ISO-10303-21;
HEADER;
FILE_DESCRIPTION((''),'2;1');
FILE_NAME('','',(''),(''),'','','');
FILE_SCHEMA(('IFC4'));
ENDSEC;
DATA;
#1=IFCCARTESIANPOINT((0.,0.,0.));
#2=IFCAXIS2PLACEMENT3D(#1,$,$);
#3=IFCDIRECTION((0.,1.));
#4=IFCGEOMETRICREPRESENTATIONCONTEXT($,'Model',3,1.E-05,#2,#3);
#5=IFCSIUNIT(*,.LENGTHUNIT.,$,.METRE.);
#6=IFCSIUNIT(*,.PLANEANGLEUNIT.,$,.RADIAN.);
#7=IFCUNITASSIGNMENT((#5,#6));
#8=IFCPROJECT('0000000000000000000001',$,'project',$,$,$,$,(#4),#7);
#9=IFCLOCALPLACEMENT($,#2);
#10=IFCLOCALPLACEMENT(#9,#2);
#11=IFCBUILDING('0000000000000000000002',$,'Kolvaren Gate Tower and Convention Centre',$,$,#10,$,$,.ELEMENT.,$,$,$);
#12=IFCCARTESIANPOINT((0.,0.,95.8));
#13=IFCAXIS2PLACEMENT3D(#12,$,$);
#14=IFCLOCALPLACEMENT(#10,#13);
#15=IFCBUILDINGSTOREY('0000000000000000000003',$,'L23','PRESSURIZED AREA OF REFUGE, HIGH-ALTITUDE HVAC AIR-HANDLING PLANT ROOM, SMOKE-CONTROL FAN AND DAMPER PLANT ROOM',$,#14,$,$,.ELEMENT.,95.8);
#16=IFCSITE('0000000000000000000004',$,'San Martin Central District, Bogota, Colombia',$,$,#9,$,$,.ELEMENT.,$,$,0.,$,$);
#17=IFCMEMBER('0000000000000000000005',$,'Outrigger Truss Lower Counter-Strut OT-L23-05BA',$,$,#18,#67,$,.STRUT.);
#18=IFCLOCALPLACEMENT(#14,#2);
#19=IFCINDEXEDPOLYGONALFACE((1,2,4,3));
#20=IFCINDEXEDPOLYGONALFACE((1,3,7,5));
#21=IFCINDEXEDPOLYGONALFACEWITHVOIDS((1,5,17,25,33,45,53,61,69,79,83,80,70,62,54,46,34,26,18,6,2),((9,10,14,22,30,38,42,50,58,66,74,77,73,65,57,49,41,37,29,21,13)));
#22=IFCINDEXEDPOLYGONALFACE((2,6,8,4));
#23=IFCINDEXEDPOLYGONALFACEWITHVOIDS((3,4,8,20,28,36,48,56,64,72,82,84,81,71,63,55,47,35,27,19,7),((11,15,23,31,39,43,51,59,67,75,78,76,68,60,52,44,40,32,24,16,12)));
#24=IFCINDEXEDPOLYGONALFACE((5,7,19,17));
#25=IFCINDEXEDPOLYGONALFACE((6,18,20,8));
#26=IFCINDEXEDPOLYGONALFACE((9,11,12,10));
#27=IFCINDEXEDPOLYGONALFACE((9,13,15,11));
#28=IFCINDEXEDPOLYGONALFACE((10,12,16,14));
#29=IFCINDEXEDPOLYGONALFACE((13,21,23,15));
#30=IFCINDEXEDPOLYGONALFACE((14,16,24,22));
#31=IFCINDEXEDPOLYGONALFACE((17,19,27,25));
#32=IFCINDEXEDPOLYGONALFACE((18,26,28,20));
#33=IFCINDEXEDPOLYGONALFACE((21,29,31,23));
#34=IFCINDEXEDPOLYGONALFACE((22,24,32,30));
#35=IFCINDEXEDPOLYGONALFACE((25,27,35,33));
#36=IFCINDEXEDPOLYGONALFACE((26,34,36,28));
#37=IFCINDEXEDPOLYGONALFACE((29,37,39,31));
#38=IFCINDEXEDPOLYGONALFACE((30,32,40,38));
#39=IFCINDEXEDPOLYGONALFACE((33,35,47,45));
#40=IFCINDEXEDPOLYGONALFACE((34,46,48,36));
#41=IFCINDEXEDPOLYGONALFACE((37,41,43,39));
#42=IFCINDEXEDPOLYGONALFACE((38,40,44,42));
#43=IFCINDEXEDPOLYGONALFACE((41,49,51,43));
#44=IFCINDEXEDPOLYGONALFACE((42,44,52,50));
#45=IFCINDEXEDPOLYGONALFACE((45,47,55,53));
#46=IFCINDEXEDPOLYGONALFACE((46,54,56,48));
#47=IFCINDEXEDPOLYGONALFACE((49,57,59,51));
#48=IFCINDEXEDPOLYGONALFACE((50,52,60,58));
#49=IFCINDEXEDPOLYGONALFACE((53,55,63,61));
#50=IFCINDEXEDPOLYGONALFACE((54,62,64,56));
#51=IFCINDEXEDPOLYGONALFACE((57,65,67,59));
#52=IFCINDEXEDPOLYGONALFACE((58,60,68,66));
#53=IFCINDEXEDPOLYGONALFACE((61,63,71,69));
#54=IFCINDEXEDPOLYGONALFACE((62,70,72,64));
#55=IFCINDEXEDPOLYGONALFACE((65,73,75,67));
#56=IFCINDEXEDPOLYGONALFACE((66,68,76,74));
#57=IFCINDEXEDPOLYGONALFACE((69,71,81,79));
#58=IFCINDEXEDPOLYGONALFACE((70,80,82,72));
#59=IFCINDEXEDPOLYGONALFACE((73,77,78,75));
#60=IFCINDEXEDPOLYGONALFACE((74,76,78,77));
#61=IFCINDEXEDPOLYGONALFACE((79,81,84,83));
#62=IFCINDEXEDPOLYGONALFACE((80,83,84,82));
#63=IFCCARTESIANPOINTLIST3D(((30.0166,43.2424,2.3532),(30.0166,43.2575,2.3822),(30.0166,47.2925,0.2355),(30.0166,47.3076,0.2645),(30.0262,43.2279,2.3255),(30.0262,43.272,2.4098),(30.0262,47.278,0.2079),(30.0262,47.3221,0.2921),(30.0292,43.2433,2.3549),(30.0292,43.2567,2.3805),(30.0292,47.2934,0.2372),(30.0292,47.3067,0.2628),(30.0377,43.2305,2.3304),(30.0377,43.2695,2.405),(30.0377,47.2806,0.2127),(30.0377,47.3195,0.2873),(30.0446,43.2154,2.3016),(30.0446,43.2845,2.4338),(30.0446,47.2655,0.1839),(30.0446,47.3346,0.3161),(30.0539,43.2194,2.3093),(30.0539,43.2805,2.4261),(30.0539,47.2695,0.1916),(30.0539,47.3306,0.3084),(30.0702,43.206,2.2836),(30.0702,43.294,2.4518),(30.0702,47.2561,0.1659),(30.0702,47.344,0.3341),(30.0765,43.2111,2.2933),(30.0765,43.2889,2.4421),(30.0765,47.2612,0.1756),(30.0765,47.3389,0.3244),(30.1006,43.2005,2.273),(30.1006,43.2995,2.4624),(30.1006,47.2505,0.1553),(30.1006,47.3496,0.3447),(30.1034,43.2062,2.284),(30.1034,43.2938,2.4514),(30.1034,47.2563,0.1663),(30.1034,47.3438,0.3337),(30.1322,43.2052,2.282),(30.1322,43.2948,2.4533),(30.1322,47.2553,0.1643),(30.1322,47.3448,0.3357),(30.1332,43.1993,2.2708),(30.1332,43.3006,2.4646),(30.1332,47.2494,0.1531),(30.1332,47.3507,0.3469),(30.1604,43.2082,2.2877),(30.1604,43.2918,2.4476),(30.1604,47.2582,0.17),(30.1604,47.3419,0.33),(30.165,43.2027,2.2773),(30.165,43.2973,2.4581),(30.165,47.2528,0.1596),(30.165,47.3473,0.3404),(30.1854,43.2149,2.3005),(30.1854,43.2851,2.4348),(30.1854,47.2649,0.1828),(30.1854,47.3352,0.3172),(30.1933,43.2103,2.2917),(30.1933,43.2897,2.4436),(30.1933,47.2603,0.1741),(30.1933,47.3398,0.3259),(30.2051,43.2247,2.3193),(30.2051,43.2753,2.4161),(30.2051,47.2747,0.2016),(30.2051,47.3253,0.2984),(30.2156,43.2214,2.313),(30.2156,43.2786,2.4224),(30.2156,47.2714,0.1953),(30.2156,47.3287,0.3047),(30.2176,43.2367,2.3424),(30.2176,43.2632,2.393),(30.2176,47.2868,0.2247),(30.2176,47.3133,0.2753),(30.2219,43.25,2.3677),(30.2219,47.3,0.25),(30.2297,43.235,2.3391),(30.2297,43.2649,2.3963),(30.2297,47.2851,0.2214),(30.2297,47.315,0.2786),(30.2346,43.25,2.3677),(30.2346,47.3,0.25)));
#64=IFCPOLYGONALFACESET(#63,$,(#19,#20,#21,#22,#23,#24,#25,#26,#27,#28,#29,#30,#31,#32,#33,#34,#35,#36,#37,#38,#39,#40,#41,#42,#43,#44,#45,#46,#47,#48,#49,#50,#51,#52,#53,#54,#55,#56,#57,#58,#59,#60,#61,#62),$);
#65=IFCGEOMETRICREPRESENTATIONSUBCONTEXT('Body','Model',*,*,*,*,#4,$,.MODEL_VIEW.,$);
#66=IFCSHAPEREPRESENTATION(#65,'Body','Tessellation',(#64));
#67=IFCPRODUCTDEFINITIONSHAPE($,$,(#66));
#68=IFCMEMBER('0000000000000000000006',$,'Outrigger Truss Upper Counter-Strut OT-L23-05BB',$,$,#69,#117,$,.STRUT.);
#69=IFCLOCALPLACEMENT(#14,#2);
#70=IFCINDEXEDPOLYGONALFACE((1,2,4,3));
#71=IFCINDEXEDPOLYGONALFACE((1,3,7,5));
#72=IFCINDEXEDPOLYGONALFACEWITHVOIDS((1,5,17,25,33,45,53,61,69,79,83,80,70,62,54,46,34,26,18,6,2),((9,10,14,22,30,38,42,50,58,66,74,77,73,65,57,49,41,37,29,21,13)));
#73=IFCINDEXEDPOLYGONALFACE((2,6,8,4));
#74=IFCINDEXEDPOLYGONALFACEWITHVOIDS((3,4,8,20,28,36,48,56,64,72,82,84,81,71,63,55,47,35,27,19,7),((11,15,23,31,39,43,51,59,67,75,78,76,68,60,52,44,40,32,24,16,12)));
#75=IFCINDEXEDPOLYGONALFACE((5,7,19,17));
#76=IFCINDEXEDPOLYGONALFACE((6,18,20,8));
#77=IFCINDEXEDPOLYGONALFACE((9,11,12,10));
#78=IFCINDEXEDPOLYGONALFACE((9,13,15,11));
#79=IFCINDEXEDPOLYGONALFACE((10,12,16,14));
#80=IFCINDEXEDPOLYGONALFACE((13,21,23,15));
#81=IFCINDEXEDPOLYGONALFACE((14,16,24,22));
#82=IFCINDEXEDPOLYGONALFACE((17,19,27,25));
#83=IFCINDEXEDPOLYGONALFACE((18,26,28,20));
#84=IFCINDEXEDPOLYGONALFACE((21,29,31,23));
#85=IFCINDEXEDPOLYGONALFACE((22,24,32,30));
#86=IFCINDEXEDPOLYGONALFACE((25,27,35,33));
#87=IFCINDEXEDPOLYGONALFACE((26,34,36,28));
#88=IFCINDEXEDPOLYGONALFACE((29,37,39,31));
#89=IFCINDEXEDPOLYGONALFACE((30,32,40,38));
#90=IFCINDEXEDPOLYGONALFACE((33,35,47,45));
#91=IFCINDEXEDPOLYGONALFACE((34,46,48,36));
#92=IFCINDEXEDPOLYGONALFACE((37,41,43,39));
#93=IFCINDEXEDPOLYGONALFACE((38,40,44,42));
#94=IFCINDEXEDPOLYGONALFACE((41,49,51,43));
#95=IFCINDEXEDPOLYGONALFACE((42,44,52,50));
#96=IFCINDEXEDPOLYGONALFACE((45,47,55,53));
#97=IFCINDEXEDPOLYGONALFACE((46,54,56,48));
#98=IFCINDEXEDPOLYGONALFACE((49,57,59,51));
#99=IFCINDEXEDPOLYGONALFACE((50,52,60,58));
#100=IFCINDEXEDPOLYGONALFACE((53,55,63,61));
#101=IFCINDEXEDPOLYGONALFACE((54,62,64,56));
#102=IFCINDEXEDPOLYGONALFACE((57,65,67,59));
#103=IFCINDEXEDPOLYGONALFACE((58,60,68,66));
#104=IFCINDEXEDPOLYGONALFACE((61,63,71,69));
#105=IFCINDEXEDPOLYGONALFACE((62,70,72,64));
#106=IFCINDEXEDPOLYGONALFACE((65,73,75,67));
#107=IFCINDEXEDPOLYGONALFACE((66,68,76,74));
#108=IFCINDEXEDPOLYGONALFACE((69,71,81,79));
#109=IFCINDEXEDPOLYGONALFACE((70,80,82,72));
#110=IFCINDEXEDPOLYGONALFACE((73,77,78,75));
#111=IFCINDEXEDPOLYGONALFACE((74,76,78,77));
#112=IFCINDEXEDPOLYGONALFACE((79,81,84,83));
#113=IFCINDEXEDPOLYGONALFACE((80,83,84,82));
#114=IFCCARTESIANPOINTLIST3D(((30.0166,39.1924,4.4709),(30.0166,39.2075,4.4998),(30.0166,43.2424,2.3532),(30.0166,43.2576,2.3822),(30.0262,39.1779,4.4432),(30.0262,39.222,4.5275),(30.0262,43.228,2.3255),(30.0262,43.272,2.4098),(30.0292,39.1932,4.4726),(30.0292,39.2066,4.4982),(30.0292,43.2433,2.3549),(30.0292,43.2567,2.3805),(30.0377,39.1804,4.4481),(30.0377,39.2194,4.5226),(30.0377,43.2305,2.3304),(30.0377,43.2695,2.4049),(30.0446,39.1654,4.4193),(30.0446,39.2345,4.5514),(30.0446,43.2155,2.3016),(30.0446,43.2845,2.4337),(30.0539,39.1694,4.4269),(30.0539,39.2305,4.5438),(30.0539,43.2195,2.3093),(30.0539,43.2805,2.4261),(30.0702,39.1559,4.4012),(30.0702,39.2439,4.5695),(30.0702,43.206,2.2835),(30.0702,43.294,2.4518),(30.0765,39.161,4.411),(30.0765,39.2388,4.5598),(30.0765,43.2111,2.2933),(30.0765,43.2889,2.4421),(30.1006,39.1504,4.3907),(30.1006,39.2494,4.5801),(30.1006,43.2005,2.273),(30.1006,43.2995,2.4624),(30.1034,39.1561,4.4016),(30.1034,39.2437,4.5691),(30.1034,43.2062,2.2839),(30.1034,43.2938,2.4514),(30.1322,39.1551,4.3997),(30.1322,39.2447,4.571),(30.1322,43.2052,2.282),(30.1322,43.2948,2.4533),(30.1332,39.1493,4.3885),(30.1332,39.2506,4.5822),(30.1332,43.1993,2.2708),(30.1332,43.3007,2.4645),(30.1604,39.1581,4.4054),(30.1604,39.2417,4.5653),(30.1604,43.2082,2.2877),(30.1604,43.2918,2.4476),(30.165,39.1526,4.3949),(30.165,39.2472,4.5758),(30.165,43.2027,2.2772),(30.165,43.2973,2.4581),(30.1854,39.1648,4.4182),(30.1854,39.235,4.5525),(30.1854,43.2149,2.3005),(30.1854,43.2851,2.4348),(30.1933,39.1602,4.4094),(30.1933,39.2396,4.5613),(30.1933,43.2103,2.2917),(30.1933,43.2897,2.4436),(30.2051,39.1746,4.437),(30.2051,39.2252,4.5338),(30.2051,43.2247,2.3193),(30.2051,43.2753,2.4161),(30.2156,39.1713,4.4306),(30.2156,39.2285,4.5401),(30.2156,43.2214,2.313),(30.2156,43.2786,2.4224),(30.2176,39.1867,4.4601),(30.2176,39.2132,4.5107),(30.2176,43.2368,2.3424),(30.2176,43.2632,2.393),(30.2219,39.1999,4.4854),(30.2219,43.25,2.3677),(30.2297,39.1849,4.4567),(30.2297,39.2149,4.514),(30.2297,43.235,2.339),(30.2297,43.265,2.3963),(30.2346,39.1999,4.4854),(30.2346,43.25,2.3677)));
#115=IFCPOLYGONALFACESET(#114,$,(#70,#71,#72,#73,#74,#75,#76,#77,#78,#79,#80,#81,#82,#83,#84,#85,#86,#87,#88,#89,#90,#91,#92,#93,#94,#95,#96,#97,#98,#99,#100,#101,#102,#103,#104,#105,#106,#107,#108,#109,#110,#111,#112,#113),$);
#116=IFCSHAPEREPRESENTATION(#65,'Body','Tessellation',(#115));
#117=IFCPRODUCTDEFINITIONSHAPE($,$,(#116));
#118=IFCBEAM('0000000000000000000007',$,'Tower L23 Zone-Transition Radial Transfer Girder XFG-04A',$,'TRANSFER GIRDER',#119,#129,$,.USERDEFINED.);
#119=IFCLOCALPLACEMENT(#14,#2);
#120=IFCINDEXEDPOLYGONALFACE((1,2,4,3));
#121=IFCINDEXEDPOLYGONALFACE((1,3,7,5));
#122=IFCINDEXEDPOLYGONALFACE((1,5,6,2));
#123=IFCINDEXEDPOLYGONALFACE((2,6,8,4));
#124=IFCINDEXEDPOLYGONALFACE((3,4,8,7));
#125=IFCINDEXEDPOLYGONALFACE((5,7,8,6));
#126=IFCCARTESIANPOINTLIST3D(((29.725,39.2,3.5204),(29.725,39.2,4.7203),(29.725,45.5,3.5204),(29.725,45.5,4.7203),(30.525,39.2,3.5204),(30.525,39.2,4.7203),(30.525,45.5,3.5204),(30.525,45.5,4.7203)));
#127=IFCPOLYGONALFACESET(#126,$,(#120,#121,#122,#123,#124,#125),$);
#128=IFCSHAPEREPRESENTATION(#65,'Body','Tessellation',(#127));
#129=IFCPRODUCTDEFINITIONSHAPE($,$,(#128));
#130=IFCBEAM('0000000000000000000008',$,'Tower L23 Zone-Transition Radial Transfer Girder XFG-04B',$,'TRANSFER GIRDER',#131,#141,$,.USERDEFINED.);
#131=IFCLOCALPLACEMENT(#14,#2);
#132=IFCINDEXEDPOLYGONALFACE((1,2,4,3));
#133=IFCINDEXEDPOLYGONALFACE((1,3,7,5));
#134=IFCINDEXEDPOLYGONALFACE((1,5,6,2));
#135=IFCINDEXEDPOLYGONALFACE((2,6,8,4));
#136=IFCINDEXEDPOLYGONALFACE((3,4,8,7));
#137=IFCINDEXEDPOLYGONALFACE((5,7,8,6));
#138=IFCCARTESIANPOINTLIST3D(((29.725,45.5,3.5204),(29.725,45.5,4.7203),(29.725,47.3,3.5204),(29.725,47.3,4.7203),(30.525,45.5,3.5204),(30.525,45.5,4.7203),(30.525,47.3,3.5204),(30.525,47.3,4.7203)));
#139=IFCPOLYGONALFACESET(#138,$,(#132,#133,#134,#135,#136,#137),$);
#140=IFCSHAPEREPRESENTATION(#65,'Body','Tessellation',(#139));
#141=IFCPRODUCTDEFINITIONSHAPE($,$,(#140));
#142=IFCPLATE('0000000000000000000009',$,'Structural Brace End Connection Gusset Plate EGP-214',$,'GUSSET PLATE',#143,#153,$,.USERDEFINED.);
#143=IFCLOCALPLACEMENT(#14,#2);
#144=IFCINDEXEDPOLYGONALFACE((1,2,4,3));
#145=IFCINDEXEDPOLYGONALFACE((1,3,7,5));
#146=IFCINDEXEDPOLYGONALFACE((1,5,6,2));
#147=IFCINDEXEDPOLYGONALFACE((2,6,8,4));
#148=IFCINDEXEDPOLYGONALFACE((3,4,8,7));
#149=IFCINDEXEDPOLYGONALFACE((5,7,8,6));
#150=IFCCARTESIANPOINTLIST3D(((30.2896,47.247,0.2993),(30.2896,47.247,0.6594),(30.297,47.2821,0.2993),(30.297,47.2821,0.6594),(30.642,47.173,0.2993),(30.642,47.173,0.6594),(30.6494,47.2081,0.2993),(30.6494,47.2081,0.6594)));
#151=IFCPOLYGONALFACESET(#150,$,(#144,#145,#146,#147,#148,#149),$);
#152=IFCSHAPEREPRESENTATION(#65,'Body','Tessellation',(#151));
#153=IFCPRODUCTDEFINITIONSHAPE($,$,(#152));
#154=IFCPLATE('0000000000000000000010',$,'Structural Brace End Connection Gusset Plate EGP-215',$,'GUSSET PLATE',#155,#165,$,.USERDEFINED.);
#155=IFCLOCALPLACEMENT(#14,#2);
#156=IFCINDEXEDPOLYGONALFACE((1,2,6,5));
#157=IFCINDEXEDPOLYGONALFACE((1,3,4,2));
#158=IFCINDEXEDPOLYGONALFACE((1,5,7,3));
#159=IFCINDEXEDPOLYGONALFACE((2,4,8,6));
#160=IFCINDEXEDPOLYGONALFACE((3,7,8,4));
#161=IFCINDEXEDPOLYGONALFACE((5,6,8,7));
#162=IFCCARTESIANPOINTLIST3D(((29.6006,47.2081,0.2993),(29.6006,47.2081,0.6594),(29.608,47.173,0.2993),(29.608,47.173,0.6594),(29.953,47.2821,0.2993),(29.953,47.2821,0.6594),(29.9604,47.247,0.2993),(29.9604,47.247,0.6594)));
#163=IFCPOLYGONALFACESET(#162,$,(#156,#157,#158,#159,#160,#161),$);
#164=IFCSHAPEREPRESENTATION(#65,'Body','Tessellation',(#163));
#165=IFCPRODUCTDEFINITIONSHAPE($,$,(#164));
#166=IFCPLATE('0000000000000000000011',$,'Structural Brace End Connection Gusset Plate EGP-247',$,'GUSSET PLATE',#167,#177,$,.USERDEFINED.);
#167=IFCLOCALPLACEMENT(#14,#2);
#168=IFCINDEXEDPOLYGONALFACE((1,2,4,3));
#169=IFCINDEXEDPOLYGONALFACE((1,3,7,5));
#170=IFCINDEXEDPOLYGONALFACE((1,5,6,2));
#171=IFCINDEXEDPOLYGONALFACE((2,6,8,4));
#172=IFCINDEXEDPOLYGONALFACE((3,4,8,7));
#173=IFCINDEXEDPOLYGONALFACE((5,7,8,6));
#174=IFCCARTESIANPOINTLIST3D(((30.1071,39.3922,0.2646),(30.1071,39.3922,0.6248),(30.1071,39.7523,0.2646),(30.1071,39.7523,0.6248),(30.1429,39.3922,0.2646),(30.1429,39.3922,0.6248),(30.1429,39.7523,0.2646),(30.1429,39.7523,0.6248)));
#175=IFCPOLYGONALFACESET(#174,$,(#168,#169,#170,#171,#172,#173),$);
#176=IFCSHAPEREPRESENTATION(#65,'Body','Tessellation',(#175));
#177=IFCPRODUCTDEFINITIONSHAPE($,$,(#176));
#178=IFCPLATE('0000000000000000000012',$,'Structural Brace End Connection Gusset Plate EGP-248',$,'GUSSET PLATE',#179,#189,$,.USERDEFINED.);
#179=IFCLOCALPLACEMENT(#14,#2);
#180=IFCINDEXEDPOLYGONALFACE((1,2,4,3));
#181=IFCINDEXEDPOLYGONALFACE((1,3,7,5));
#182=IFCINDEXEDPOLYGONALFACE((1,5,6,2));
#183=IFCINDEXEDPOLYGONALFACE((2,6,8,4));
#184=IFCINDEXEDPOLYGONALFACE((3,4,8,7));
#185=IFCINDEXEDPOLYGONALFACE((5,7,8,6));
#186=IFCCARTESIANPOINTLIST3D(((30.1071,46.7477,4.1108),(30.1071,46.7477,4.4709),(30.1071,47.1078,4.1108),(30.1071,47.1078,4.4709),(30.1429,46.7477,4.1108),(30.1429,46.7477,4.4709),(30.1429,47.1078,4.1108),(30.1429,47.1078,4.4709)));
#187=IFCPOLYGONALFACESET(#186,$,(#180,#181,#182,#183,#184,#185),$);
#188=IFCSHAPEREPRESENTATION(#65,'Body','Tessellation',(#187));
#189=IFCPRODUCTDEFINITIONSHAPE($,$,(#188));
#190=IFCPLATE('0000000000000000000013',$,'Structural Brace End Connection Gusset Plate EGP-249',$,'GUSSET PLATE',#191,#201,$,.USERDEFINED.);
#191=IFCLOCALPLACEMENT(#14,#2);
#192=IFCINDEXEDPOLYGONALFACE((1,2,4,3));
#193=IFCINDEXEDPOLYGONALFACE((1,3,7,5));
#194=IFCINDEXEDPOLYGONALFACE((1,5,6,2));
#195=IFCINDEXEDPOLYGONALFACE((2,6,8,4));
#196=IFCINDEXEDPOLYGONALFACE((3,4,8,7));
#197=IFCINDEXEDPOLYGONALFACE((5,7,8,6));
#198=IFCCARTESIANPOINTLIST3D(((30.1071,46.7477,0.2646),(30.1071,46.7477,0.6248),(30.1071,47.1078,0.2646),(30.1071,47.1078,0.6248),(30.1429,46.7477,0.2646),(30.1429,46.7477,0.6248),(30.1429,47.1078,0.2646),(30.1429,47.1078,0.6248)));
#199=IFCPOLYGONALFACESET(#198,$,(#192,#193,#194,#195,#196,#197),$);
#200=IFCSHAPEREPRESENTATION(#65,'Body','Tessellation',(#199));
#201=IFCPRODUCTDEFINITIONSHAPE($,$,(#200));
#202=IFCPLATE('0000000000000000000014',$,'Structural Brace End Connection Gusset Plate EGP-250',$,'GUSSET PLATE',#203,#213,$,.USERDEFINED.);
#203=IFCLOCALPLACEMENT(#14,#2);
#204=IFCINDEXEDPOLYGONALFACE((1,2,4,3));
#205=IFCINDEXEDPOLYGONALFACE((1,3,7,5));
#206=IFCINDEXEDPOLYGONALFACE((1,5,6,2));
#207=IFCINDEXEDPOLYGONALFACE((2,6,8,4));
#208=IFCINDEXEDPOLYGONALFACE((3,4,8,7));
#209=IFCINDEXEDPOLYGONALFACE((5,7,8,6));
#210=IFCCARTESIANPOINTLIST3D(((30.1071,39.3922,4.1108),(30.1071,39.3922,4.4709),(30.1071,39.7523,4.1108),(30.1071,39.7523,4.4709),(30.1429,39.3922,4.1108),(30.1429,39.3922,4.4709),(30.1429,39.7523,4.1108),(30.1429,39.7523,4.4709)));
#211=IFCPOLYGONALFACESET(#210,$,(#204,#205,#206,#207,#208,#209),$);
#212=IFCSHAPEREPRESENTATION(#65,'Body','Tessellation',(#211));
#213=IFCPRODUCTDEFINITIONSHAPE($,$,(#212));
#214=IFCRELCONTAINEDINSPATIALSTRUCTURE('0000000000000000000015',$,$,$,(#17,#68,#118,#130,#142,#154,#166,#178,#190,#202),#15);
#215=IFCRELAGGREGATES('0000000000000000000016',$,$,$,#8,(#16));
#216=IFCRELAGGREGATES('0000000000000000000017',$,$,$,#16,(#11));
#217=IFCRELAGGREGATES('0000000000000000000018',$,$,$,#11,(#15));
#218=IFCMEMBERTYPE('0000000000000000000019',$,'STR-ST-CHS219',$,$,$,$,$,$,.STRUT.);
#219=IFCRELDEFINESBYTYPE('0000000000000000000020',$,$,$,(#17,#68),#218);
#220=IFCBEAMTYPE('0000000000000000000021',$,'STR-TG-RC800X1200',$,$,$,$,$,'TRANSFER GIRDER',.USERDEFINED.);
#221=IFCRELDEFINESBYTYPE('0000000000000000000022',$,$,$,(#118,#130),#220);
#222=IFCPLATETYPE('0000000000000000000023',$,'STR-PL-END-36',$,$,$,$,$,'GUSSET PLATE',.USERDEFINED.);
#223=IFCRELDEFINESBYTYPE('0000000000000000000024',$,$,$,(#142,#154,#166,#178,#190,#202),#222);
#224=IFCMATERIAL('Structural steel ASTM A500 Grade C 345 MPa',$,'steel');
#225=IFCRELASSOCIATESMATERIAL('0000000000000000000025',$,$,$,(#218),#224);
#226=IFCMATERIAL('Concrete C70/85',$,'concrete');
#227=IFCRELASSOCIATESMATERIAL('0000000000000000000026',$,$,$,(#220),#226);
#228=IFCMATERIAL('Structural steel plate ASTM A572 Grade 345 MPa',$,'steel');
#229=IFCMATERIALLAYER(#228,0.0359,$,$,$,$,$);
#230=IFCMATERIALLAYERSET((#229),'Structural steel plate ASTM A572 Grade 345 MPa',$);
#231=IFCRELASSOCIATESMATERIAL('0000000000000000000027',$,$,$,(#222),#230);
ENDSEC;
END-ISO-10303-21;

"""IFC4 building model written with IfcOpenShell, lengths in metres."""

from ifc_helpers import new_model, si_unit, direction, frame, origin, origin_2d, place, context, subcontext, project, spatial, rectangle, hollow_circle, extrude, material, layer, layer_set, material_profile, profile_set, type_object, element, save


model = new_model("IFC4")

# Units and contexts
model_context = context("Model", 3, precision=1e-05, world=origin(), true_north=direction((0.0, 1.0)))
body_context = subcontext(model_context, "Body", "Model", "MODEL_VIEW")
ifc_project = project(units=[si_unit("LENGTHUNIT", "METRE"), si_unit("PLANEANGLEUNIT", "RADIAN")], contexts=[model_context])

# Site, building, storey
site_placement = place(None, origin())
site = spatial("IfcSite", under=ifc_project, at=site_placement, Name="San Martin Central District, Bogota, Colombia", CompositionType="ELEMENT", RefElevation=0.0)
building_placement = place(site_placement, origin())
building = spatial("IfcBuilding", under=site, at=building_placement, Name="Kolvaren Gate Tower and Convention Centre", CompositionType="ELEMENT")
storey_placement = place(building_placement, frame((0.0, 0.0, 95.8)))
storey = spatial("IfcBuildingStorey", under=building, at=storey_placement, Name="L23", Description="PRESSURIZED AREA OF REFUGE, HIGH-ALTITUDE HVAC AIR-HANDLING PLANT ROOM, SMOKE-CONTROL FAN AND DAMPER PLANT ROOM", CompositionType="ELEMENT", Elevation=95.8)

# Shared definitions
ifc_material_1 = material(Name="Concrete C70/85", Category="concrete")

# Shared definitions
ifc_material_2 = material(Name="Structural steel ASTM A500 Grade C 345 MPa", Category="steel")

# Members
ifc_material_profile_1 = material_profile(ifc_material_2, hollow_circle(Radius=0.1096, WallThickness=0.0127, at=origin_2d()), Name="CHS219X12.7")
ifc_profile_set_1 = profile_set([ifc_material_profile_1], Name="Structural steel ASTM A500 Grade C 345 MPa")
member_type_1 = type_object("IfcMemberType", Name="STR-ST-CHS219", PredefinedType="STRUT", material=ifc_profile_set_1)
for number, where, z_axis, x_axis, name in (
    (1, (30.125, 47.3, 0.25), (0.0, -0.886171, 0.463358), (1.0, 0.0, 0.0), "Outrigger Truss Lower Counter-Strut OT-L23-05BA"),
    (2, (30.125, 43.25, 2.3677), (0.0, -0.886171, 0.463358), (1.0, 0.0, 0.0), "Outrigger Truss Upper Counter-Strut OT-L23-05BB"),
):
    element("IfcMember", number, at=place(storey_placement, frame(where, z_axis=z_axis, x_axis=x_axis)), inside=storey, type_object=member_type_1, Name=name, PredefinedType="STRUT", context=body_context, shape_type="SweptSolid", body=[
        extrude(hollow_circle(Radius=0.1096, WallThickness=0.0127, at=origin_2d()), origin(), (0.0, 0.0, 1.0), 4.5703),
    ])

# Beams
ifc_material_profile_2 = material_profile(ifc_material_1, rectangle(XDim=0.8, YDim=1.2, at=origin_2d()), Name="RC-BM-800X1200")
ifc_profile_set_2 = profile_set([ifc_material_profile_2], Name="Concrete C70/85")
beam_type_1 = type_object("IfcBeamType", Name="STR-TG-RC800X1200", ElementType="TRANSFER GIRDER", PredefinedType="USERDEFINED", material=ifc_profile_set_2)
beam_1_placement = place(storey_placement, frame((30.125, 39.2, 4.1204), z_axis=(0.0, 1.0, 0.0), x_axis=(-1.0, 0.0, 0.0)))
element("IfcBeam", 3, at=beam_1_placement, inside=storey, type_object=beam_type_1, Name="Tower L23 Zone-Transition Radial Transfer Girder XFG-04A", ObjectType="TRANSFER GIRDER", PredefinedType="USERDEFINED", context=body_context, shape_type="SweptSolid", body=[
    extrude(rectangle(XDim=0.8, YDim=1.2, at=origin_2d()), origin(), (0.0, 0.0, 1.0), 6.3),
])
beam_2_placement = place(storey_placement, frame((30.125, 45.5, 4.1204), z_axis=(0.0, 1.0, 0.0), x_axis=(-1.0, 0.0, 0.0)))
element("IfcBeam", 4, at=beam_2_placement, inside=storey, type_object=beam_type_1, Name="Tower L23 Zone-Transition Radial Transfer Girder XFG-04B", ObjectType="TRANSFER GIRDER", PredefinedType="USERDEFINED", context=body_context, shape_type="SweptSolid", body=[
    extrude(rectangle(XDim=0.8, YDim=1.2, at=origin_2d()), origin(), (0.0, 0.0, 1.0), 1.8),
])

# Plates
ifc_material_3 = material(Name="Structural steel plate ASTM A572 Grade 345 MPa", Category="steel")
ifc_layer_1 = layer(ifc_material_3, 0.0359)
ifc_layer_set_1 = layer_set([ifc_layer_1], Name="Structural steel plate ASTM A572 Grade 345 MPa")
plate_type_1 = type_object("IfcPlateType", Name="STR-PL-END-36", ElementType="GUSSET PLATE", PredefinedType="USERDEFINED", material=ifc_layer_set_1)
for number, where, z_axis, x_axis, name in (
    (5, (30.4695, 47.2275, 0.2993), (0.0, 0.0, 1.0), (0.97863, -0.205629, 0.0), "Structural Brace End Connection Gusset Plate EGP-214"),
    (6, (29.7805, 47.2275, 0.2993), (0.0, 0.0, 1.0), (-0.978629, -0.205632, 0.0), "Structural Brace End Connection Gusset Plate EGP-215"),
    (7, (30.125, 39.5723, 0.2646), (0.0, 0.0, 1.0), (0.0, 1.0, 0.0), "Structural Brace End Connection Gusset Plate EGP-247"),
    (8, (30.125, 46.9277, 4.1108), (0.0, 0.0, 1.0), (0.0, 1.0, 0.0), "Structural Brace End Connection Gusset Plate EGP-248"),
    (9, (30.125, 46.9277, 0.2646), (0.0, 0.0, 1.0), (0.0, -1.0, 0.0), "Structural Brace End Connection Gusset Plate EGP-249"),
    (10, (30.125, 39.5723, 4.1108), (0.0, 0.0, 1.0), (0.0, -1.0, 0.0), "Structural Brace End Connection Gusset Plate EGP-250"),
):
    element("IfcPlate", number, at=place(storey_placement, frame(where, z_axis=z_axis, x_axis=x_axis)), inside=storey, type_object=plate_type_1, Name=name, ObjectType="GUSSET PLATE", PredefinedType="USERDEFINED", context=body_context, shape_type="SweptSolid", body=[
        extrude(rectangle(XDim=0.3601, YDim=0.0359, at=origin_2d()), origin(), (0.0, 0.0, 1.0), 0.3601),
    ])

save(model, "model.ifc")
